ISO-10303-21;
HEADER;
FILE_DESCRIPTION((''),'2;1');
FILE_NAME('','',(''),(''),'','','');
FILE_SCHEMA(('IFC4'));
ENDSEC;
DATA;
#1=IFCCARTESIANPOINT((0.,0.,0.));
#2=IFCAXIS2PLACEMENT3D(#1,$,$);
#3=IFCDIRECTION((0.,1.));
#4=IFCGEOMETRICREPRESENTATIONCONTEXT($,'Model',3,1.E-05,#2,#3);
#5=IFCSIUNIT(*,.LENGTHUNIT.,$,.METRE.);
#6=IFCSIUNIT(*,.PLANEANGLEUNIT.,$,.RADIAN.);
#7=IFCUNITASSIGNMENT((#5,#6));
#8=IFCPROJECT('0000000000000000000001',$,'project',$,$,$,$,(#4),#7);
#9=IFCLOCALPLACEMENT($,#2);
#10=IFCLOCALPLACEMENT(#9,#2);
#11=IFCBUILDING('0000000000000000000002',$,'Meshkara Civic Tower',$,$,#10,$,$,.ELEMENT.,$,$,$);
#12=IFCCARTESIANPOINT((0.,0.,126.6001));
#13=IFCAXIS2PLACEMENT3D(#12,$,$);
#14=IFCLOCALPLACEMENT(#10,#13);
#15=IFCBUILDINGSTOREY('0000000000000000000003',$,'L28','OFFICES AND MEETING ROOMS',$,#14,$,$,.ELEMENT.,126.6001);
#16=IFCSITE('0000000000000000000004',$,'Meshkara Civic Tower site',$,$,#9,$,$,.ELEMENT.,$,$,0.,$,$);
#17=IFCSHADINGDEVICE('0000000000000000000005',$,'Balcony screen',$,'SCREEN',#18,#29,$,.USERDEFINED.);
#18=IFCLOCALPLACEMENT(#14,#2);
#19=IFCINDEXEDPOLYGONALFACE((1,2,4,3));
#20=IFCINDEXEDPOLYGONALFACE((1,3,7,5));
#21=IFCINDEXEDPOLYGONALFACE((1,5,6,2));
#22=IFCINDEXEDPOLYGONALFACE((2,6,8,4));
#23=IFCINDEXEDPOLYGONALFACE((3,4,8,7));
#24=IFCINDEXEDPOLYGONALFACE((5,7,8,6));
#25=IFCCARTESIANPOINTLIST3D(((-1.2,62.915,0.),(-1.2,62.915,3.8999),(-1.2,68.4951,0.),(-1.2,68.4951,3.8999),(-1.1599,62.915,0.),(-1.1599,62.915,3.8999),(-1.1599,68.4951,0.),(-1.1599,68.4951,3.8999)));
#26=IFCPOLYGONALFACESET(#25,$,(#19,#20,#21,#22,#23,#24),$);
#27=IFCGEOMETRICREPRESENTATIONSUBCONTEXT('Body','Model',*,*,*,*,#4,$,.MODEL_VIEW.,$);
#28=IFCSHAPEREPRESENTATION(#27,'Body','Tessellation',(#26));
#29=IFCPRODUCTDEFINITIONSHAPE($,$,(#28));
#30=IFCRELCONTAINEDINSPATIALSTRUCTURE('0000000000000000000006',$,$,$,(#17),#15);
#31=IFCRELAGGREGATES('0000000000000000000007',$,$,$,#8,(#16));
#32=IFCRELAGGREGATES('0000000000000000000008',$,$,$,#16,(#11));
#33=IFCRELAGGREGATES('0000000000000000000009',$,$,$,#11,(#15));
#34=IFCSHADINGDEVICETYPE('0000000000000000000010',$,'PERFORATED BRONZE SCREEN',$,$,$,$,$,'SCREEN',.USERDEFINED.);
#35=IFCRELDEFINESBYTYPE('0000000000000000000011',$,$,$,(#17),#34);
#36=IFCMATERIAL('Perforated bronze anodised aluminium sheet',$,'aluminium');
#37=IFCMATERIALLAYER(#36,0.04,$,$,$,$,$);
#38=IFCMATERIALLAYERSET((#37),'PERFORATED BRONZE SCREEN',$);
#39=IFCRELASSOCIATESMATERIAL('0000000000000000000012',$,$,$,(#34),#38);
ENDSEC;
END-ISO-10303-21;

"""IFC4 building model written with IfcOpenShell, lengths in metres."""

from ifc_helpers import new_model, si_unit, direction, frame, origin, origin_2d, place, context, subcontext, project, spatial, rectangle, extrude, material, layer, layer_set, type_object, element, save


model = new_model("IFC4")

# Units and contexts
model_context = context("Model", 3, precision=1e-05, world=origin(), true_north=direction((0.0, 1.0)))
body_context = subcontext(model_context, "Body", "Model", "MODEL_VIEW")
ifc_project = project(units=[si_unit("LENGTHUNIT", "METRE"), si_unit("PLANEANGLEUNIT", "RADIAN")], contexts=[model_context])

# Site, building, storey
site_placement = place(None, origin())
site = spatial("IfcSite", under=ifc_project, at=site_placement, Name="Meshkara Civic Tower site", CompositionType="ELEMENT", RefElevation=0.0)
building_placement = place(site_placement, origin())
building = spatial("IfcBuilding", under=site, at=building_placement, Name="Meshkara Civic Tower", CompositionType="ELEMENT")
storey_placement = place(building_placement, frame((0.0, 0.0, 126.6001)))
storey = spatial("IfcBuildingStorey", under=building, at=storey_placement, Name="L28", Description="OFFICES AND MEETING ROOMS", CompositionType="ELEMENT", Elevation=126.6001)

# Shading device
ifc_material_1 = material(Name="Perforated bronze anodised aluminium sheet", Category="aluminium")
ifc_layer_1 = layer(ifc_material_1, 0.04)
ifc_layer_set_1 = layer_set([ifc_layer_1], Name="PERFORATED BRONZE SCREEN")
shading_device_type = type_object("IfcShadingDeviceType", Name="PERFORATED BRONZE SCREEN", ElementType="SCREEN", PredefinedType="USERDEFINED", material=ifc_layer_set_1)
shading_device_placement = place(storey_placement, frame((-1.1799, 65.7051, 0.0), z_axis=(0.0, 0.0, 1.0), x_axis=(0.0, -1.0, 0.0)))
element("IfcShadingDevice", 1, at=shading_device_placement, inside=storey, type_object=shading_device_type, Name="Balcony screen", ObjectType="SCREEN", PredefinedType="USERDEFINED", context=body_context, shape_type="SweptSolid", body=[
    extrude(rectangle(XDim=5.5801, YDim=0.04, at=origin_2d()), origin(), (0.0, 0.0, 1.0), 3.8999),
])

save(model, "model.ifc")
